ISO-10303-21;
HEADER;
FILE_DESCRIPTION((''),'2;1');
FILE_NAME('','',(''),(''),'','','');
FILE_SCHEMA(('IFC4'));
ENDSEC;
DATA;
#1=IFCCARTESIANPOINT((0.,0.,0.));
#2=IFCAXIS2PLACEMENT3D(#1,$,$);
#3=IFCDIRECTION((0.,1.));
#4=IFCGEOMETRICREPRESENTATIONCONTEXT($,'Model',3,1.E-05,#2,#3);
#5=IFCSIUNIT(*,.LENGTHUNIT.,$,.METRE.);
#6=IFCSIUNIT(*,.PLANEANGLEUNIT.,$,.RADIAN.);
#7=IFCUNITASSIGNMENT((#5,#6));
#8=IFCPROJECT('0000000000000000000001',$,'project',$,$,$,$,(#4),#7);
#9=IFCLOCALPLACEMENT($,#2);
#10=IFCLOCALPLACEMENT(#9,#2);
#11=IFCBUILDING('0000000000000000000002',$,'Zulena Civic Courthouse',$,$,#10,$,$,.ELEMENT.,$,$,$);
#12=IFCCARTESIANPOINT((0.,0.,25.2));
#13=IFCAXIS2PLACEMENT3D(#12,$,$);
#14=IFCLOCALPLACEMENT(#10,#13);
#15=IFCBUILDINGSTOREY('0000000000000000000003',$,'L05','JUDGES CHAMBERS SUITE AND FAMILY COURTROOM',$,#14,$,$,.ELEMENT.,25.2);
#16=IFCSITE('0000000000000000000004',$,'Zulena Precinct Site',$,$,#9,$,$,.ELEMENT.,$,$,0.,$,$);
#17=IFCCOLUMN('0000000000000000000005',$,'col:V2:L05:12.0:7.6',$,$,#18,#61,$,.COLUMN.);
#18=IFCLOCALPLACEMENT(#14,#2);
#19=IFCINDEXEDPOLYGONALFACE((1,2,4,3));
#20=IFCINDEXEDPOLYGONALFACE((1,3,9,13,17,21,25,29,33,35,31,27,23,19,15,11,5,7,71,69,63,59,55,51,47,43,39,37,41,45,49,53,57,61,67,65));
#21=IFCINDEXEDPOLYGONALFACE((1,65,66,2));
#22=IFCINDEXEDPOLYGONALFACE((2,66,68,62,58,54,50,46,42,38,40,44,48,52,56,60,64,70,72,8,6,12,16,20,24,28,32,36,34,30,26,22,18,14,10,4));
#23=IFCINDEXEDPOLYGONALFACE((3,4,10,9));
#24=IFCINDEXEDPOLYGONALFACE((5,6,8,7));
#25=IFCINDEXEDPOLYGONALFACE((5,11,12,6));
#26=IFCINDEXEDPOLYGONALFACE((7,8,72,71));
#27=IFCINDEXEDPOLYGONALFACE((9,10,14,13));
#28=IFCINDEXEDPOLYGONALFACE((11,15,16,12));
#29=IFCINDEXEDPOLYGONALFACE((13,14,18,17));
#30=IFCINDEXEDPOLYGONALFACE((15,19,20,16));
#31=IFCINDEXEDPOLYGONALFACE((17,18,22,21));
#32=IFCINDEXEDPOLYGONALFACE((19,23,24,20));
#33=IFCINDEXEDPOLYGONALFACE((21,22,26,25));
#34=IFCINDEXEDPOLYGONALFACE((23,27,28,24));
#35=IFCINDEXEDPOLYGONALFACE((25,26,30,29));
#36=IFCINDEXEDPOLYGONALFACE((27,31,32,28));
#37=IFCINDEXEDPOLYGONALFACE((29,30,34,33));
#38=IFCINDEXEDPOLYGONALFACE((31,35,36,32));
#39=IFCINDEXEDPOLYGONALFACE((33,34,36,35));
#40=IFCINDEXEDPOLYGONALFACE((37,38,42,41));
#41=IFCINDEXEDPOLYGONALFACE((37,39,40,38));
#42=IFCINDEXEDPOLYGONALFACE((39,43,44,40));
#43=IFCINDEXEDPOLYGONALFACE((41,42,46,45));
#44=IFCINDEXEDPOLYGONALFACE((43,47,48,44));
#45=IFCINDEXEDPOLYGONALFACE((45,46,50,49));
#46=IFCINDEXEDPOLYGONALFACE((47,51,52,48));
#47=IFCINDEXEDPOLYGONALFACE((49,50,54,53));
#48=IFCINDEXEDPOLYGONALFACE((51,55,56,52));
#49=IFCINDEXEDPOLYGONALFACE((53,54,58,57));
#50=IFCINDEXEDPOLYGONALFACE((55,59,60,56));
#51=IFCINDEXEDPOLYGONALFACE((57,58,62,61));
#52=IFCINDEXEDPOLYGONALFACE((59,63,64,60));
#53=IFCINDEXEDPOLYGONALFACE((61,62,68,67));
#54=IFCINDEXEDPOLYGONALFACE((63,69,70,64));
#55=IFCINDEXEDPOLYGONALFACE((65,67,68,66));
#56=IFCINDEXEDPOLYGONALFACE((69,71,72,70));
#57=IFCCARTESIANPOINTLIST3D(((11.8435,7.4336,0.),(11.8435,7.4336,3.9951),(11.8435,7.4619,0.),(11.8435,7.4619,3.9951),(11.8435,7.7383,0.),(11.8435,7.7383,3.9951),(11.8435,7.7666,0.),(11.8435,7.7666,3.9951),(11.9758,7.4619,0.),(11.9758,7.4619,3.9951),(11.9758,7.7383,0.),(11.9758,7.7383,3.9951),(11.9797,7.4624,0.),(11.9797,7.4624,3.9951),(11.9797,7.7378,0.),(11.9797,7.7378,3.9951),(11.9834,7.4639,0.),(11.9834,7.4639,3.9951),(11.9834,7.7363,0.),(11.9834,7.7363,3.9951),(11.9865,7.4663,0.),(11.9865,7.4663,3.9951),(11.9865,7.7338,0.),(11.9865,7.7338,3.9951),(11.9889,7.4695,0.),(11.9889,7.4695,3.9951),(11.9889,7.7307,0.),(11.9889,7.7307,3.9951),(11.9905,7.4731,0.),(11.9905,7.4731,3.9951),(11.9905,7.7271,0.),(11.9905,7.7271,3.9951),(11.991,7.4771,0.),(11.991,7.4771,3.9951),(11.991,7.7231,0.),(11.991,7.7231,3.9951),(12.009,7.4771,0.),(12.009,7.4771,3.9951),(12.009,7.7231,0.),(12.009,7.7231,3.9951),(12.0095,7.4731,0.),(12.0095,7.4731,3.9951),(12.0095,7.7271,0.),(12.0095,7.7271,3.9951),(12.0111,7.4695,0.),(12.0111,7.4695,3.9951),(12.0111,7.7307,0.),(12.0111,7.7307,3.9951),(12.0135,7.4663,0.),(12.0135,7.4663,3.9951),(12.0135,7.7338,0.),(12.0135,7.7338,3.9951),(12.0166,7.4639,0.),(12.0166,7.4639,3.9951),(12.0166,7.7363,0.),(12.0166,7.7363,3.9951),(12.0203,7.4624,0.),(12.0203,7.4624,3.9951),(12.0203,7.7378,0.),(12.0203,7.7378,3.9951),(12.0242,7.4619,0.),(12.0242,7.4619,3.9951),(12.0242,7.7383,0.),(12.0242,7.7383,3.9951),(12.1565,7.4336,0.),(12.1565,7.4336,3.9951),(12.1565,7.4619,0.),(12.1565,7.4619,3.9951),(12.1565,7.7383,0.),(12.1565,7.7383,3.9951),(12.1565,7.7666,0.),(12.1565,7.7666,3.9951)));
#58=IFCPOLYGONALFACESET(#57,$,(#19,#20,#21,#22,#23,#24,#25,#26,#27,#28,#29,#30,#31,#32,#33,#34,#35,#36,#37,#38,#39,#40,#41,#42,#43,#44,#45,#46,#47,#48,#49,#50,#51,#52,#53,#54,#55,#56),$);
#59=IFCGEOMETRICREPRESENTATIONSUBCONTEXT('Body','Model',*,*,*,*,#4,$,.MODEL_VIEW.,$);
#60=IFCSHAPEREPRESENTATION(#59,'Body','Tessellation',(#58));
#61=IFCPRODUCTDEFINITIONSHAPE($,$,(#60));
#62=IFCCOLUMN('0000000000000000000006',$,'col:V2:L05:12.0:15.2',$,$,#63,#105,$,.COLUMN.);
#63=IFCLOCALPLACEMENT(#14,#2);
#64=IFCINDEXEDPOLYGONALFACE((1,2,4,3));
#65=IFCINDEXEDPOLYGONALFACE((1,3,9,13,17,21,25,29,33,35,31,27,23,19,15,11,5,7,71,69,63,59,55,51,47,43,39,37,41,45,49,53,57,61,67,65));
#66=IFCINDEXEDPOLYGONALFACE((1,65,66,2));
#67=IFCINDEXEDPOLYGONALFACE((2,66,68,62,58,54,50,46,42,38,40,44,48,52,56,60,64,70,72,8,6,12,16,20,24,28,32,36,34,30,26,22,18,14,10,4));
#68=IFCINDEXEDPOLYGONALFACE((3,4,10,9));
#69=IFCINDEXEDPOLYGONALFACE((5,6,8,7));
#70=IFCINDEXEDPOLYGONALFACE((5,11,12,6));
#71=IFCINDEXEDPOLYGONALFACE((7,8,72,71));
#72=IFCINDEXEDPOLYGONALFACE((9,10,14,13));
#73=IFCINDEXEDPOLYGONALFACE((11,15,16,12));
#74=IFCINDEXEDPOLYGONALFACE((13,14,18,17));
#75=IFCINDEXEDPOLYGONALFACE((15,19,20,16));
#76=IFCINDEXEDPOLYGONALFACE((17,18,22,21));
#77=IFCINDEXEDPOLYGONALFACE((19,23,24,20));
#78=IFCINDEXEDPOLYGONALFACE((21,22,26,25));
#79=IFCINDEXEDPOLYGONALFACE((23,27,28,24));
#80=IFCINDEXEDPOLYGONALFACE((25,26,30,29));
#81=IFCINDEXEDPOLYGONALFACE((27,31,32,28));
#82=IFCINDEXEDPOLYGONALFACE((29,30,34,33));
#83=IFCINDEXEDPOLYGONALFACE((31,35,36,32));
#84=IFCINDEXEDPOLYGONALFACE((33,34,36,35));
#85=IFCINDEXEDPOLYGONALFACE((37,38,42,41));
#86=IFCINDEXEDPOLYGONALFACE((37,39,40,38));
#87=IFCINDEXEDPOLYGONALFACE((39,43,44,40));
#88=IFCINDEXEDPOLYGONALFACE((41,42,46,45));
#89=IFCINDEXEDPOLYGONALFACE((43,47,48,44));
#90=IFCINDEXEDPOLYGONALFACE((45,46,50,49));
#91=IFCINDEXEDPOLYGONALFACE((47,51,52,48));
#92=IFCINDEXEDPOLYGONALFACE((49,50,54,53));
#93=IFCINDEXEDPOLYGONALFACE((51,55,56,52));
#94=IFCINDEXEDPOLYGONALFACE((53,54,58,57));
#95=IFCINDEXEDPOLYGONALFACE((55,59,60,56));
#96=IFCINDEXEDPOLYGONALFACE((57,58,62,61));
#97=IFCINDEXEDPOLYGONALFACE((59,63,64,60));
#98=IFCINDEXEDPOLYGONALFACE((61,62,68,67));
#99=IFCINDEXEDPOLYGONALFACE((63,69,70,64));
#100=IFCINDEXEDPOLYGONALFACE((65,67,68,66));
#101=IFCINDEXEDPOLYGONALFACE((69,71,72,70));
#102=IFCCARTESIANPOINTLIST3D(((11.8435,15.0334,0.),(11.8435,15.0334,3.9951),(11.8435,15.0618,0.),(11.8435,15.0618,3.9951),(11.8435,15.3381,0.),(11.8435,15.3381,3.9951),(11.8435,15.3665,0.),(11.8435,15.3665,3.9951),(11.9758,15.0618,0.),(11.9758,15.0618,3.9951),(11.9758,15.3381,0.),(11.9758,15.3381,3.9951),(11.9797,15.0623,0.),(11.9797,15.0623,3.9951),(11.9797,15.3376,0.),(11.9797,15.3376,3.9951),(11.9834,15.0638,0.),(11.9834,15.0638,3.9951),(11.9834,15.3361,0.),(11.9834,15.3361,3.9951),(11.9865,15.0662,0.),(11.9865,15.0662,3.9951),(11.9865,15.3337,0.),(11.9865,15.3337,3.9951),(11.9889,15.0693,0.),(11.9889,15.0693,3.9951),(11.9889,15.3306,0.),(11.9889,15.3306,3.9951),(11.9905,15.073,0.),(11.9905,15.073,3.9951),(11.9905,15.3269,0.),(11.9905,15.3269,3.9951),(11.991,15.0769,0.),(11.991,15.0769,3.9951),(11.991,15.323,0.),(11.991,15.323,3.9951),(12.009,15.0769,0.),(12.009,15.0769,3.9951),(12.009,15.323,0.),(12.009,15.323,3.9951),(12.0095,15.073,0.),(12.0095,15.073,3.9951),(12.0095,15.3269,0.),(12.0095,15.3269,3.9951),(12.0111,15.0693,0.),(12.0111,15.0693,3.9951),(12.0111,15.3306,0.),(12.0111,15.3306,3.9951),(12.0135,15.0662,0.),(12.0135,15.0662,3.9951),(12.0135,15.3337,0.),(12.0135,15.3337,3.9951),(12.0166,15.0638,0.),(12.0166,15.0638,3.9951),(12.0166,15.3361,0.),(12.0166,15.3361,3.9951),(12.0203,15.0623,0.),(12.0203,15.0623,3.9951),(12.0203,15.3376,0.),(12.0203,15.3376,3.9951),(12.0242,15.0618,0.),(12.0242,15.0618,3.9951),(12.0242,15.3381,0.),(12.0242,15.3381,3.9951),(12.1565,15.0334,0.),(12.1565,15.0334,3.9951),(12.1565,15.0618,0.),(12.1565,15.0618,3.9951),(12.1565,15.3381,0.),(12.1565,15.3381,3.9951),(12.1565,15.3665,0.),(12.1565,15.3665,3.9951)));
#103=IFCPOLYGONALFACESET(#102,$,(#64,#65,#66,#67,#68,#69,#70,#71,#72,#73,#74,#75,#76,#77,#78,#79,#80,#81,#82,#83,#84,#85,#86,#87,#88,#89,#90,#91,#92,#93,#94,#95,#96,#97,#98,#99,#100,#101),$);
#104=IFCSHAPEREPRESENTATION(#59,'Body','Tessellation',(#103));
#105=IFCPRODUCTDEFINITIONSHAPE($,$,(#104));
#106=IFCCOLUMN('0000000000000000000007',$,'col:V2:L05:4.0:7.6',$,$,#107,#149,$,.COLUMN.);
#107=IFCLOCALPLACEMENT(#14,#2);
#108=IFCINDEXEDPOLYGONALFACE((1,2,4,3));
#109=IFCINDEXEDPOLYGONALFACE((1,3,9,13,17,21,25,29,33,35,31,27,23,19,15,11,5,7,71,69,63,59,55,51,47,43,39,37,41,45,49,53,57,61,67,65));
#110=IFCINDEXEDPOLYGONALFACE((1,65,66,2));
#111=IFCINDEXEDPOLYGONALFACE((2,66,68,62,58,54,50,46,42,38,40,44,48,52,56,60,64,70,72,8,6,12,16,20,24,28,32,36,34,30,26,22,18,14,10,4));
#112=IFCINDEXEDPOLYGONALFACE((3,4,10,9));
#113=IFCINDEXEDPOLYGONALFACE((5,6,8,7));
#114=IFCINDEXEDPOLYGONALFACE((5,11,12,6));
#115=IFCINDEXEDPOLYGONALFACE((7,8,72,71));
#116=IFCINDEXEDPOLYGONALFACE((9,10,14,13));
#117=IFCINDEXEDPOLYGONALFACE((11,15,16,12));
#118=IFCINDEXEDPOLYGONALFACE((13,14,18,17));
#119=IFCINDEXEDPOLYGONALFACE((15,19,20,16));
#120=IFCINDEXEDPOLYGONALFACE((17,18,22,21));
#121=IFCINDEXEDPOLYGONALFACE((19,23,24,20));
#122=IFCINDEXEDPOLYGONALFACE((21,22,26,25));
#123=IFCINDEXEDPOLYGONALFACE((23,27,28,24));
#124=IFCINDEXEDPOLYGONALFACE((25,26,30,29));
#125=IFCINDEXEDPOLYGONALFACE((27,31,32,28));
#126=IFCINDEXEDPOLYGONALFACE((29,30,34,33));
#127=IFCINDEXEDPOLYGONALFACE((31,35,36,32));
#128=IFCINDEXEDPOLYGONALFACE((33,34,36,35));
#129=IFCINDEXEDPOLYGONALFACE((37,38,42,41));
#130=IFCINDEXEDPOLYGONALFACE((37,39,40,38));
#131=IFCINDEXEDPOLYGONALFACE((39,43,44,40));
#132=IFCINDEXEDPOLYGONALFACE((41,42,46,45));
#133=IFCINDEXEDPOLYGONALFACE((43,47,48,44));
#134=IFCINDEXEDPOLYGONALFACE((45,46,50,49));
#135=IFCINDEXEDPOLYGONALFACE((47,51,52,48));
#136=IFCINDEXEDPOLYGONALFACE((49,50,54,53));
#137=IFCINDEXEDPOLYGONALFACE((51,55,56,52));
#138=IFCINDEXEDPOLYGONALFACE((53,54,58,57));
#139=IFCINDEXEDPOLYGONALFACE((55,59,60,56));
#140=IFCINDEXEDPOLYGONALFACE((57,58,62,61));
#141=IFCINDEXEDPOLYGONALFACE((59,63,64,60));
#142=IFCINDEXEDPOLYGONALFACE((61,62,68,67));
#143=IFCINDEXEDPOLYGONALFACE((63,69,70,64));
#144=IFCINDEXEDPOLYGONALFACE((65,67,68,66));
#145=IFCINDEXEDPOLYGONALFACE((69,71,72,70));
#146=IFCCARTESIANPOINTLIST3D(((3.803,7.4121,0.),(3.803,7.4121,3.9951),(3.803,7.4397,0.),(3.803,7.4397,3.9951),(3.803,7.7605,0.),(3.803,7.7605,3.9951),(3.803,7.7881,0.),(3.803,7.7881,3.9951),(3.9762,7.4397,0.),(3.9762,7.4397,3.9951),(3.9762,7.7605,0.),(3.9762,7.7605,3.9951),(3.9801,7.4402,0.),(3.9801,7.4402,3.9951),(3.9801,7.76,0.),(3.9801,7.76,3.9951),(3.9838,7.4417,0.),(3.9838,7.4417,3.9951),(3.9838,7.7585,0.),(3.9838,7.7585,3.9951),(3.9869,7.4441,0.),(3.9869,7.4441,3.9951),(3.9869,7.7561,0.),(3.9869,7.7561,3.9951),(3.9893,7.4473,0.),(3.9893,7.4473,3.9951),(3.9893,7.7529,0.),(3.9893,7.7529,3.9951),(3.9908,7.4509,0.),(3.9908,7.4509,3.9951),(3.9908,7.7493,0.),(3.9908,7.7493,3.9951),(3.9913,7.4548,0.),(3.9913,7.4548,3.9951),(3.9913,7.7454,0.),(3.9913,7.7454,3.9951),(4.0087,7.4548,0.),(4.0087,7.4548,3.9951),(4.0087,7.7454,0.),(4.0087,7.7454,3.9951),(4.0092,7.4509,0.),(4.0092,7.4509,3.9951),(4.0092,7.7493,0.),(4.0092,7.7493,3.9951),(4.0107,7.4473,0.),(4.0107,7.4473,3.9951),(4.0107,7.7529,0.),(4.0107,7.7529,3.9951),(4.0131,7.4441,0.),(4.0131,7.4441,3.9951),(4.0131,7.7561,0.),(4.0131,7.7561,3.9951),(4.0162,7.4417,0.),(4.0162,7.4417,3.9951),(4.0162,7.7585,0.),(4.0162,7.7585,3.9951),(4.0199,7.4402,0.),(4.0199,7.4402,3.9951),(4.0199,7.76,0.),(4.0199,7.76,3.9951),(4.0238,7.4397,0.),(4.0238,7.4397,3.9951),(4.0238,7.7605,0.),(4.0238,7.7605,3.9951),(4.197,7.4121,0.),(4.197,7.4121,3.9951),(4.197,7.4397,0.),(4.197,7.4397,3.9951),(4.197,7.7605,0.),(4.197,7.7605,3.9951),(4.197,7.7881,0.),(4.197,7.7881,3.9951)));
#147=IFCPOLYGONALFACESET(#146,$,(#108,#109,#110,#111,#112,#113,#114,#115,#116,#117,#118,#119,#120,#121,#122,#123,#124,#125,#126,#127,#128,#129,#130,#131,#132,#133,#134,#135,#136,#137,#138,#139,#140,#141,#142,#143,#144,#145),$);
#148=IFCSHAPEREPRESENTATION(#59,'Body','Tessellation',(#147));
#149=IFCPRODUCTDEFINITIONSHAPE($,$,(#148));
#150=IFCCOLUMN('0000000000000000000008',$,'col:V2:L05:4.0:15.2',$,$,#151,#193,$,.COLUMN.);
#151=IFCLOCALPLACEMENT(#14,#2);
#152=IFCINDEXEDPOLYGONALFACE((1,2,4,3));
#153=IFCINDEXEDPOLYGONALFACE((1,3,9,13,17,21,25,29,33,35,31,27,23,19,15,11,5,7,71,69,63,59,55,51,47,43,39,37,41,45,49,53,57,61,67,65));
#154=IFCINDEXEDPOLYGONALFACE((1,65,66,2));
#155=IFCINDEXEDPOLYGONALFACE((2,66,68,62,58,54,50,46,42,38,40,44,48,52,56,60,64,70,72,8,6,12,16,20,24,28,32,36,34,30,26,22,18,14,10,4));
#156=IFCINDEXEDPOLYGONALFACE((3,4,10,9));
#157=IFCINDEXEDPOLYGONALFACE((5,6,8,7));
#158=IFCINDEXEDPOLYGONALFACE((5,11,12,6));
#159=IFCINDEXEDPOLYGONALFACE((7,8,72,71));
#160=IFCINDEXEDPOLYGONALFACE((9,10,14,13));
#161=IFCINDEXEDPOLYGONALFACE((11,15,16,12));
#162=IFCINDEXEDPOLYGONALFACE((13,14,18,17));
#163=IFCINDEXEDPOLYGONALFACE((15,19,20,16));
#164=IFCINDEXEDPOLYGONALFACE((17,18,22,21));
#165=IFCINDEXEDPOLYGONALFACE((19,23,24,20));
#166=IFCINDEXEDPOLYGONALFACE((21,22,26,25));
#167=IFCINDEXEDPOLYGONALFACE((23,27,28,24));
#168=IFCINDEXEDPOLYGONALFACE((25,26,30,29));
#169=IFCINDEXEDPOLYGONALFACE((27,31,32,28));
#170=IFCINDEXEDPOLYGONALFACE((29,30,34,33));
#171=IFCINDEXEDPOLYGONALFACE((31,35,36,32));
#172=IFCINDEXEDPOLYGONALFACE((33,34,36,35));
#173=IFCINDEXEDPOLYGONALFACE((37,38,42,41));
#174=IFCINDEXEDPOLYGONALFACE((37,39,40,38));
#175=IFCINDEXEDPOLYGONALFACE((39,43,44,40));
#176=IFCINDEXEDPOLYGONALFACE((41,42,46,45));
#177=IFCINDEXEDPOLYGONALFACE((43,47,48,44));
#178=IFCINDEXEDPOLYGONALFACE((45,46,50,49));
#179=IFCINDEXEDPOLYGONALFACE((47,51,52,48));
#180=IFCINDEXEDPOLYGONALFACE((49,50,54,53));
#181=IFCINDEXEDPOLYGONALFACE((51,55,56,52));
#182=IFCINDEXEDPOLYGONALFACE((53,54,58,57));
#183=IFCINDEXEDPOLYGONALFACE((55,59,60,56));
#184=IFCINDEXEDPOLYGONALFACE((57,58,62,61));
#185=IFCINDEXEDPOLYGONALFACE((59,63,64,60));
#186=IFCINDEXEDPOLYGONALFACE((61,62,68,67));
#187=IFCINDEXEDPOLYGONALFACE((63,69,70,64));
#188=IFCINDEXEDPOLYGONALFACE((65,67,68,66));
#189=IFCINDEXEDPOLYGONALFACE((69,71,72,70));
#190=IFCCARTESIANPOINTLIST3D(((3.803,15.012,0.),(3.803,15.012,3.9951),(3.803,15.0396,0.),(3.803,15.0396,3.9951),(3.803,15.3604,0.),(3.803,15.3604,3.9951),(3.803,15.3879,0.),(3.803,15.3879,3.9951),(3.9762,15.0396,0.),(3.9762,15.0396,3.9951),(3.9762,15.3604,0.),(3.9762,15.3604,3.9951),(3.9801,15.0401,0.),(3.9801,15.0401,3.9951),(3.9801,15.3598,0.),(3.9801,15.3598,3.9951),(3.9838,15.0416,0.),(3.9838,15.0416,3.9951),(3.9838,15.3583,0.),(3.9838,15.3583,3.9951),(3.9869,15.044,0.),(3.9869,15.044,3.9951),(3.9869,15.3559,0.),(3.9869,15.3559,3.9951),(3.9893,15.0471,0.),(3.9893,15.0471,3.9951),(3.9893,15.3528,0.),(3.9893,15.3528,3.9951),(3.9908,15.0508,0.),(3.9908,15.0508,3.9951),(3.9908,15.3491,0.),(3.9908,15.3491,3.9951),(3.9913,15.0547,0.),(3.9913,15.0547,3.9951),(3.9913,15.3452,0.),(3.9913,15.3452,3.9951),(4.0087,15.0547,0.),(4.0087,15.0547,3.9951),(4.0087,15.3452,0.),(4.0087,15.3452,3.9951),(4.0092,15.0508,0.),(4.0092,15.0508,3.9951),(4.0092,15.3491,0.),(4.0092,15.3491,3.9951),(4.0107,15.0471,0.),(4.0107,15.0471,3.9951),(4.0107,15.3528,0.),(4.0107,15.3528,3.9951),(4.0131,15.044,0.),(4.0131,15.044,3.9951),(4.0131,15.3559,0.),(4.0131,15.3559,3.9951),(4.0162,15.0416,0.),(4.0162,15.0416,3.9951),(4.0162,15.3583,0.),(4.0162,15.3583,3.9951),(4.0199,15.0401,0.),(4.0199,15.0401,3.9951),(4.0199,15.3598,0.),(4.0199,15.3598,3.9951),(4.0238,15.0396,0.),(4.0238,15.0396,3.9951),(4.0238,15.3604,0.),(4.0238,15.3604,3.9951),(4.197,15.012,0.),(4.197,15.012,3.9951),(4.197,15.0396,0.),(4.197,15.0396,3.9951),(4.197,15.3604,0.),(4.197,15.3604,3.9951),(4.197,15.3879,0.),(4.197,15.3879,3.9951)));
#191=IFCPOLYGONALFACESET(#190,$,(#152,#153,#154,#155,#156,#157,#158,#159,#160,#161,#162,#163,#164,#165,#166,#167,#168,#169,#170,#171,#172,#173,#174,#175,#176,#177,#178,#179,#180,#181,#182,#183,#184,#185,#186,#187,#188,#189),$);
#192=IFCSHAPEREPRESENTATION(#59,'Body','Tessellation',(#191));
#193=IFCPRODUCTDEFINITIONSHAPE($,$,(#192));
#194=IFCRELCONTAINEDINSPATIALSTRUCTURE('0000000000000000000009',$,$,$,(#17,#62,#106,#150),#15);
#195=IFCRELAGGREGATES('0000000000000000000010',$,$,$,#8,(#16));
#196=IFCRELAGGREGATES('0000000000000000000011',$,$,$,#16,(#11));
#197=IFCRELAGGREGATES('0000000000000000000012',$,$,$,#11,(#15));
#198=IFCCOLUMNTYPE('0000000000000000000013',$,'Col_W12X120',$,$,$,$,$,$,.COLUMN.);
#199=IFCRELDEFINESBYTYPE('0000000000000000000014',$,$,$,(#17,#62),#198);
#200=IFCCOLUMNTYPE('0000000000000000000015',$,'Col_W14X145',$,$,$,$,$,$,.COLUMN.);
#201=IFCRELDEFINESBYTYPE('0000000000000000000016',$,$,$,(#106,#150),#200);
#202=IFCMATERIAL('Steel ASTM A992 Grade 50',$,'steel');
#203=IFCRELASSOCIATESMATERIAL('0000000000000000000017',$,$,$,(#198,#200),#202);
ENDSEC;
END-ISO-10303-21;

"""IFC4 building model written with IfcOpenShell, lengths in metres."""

from ifc_helpers import new_model, si_unit, direction, frame, origin, origin_2d, place, context, subcontext, project, spatial, i_section, extrude, material, material_profile, profile_set, type_object, element, save


model = new_model("IFC4")

# Units and contexts
model_context = context("Model", 3, precision=1e-05, world=origin(), true_north=direction((0.0, 1.0)))
body_context = subcontext(model_context, "Body", "Model", "MODEL_VIEW")
ifc_project = project(units=[si_unit("LENGTHUNIT", "METRE"), si_unit("PLANEANGLEUNIT", "RADIAN")], contexts=[model_context])

# Site, building, storey
site_placement = place(None, origin())
site = spatial("IfcSite", under=ifc_project, at=site_placement, Name="Zulena Precinct Site", CompositionType="ELEMENT", RefElevation=0.0)
building_placement = place(site_placement, origin())
building = spatial("IfcBuilding", under=site, at=building_placement, Name="Zulena Civic Courthouse", CompositionType="ELEMENT")
storey_placement = place(building_placement, frame((0.0, 0.0, 25.2)))
storey = spatial("IfcBuildingStorey", under=building, at=storey_placement, Name="L05", Description="JUDGES CHAMBERS SUITE AND FAMILY COURTROOM", CompositionType="ELEMENT", Elevation=25.2)

# Columns
ifc_material_1 = material(Name="Steel ASTM A992 Grade 50", Category="steel")
ifc_material_profile_1 = material_profile(ifc_material_1, i_section(OverallWidth=0.313, OverallDepth=0.333, WebThickness=0.0181, FlangeThickness=0.0283, FilletRadius=0.0151, at=origin_2d()), Name="W12X120")
ifc_profile_set_1 = profile_set([ifc_material_profile_1], Name="Steel ASTM A992 Grade 50")
column_type_1 = type_object("IfcColumnType", Name="Col_W12X120", PredefinedType="COLUMN", material=ifc_profile_set_1)
for number, where, z_axis, x_axis, name in (
    (1, (12.0, 7.6001, 0.0), (0.0, 0.0, 1.0), (1.0, 0.0, 0.0), "col:V2:L05:12.0:7.6"),
    (2, (12.0, 15.2, 0.0), (0.0, 0.0, 1.0), (1.0, 0.0, 0.0), "col:V2:L05:12.0:15.2"),
):
    element("IfcColumn", number, at=place(storey_placement, frame(where, z_axis=z_axis, x_axis=x_axis)), inside=storey, type_object=column_type_1, Name=name, PredefinedType="COLUMN", context=body_context, shape_type="SweptSolid", body=[
        extrude(i_section(OverallWidth=0.313, OverallDepth=0.333, WebThickness=0.0181, FlangeThickness=0.0283, FilletRadius=0.0151, at=origin_2d()), origin(), (0.0, 0.0, 1.0), 3.9951),
    ])
ifc_material_profile_2 = material_profile(ifc_material_1, i_section(OverallWidth=0.394, OverallDepth=0.376, WebThickness=0.0173, FlangeThickness=0.0276, FilletRadius=0.0151, at=origin_2d()), Name="W14X145")
ifc_profile_set_2 = profile_set([ifc_material_profile_2], Name="Steel ASTM A992 Grade 50")
column_type_2 = type_object("IfcColumnType", Name="Col_W14X145", PredefinedType="COLUMN", material=ifc_profile_set_2)
for number, where, z_axis, x_axis, name in (
    (3, (4.0, 7.6001, 0.0), (0.0, 0.0, 1.0), (1.0, 0.0, 0.0), "col:V2:L05:4.0:7.6"),
    (4, (4.0, 15.2, 0.0), (0.0, 0.0, 1.0), (1.0, 0.0, 0.0), "col:V2:L05:4.0:15.2"),
):
    element("IfcColumn", number, at=place(storey_placement, frame(where, z_axis=z_axis, x_axis=x_axis)), inside=storey, type_object=column_type_2, Name=name, PredefinedType="COLUMN", context=body_context, shape_type="SweptSolid", body=[
        extrude(i_section(OverallWidth=0.394, OverallDepth=0.376, WebThickness=0.0173, FlangeThickness=0.0276, FilletRadius=0.0151, at=origin_2d()), origin(), (0.0, 0.0, 1.0), 3.9951),
    ])

save(model, "model.ifc")
